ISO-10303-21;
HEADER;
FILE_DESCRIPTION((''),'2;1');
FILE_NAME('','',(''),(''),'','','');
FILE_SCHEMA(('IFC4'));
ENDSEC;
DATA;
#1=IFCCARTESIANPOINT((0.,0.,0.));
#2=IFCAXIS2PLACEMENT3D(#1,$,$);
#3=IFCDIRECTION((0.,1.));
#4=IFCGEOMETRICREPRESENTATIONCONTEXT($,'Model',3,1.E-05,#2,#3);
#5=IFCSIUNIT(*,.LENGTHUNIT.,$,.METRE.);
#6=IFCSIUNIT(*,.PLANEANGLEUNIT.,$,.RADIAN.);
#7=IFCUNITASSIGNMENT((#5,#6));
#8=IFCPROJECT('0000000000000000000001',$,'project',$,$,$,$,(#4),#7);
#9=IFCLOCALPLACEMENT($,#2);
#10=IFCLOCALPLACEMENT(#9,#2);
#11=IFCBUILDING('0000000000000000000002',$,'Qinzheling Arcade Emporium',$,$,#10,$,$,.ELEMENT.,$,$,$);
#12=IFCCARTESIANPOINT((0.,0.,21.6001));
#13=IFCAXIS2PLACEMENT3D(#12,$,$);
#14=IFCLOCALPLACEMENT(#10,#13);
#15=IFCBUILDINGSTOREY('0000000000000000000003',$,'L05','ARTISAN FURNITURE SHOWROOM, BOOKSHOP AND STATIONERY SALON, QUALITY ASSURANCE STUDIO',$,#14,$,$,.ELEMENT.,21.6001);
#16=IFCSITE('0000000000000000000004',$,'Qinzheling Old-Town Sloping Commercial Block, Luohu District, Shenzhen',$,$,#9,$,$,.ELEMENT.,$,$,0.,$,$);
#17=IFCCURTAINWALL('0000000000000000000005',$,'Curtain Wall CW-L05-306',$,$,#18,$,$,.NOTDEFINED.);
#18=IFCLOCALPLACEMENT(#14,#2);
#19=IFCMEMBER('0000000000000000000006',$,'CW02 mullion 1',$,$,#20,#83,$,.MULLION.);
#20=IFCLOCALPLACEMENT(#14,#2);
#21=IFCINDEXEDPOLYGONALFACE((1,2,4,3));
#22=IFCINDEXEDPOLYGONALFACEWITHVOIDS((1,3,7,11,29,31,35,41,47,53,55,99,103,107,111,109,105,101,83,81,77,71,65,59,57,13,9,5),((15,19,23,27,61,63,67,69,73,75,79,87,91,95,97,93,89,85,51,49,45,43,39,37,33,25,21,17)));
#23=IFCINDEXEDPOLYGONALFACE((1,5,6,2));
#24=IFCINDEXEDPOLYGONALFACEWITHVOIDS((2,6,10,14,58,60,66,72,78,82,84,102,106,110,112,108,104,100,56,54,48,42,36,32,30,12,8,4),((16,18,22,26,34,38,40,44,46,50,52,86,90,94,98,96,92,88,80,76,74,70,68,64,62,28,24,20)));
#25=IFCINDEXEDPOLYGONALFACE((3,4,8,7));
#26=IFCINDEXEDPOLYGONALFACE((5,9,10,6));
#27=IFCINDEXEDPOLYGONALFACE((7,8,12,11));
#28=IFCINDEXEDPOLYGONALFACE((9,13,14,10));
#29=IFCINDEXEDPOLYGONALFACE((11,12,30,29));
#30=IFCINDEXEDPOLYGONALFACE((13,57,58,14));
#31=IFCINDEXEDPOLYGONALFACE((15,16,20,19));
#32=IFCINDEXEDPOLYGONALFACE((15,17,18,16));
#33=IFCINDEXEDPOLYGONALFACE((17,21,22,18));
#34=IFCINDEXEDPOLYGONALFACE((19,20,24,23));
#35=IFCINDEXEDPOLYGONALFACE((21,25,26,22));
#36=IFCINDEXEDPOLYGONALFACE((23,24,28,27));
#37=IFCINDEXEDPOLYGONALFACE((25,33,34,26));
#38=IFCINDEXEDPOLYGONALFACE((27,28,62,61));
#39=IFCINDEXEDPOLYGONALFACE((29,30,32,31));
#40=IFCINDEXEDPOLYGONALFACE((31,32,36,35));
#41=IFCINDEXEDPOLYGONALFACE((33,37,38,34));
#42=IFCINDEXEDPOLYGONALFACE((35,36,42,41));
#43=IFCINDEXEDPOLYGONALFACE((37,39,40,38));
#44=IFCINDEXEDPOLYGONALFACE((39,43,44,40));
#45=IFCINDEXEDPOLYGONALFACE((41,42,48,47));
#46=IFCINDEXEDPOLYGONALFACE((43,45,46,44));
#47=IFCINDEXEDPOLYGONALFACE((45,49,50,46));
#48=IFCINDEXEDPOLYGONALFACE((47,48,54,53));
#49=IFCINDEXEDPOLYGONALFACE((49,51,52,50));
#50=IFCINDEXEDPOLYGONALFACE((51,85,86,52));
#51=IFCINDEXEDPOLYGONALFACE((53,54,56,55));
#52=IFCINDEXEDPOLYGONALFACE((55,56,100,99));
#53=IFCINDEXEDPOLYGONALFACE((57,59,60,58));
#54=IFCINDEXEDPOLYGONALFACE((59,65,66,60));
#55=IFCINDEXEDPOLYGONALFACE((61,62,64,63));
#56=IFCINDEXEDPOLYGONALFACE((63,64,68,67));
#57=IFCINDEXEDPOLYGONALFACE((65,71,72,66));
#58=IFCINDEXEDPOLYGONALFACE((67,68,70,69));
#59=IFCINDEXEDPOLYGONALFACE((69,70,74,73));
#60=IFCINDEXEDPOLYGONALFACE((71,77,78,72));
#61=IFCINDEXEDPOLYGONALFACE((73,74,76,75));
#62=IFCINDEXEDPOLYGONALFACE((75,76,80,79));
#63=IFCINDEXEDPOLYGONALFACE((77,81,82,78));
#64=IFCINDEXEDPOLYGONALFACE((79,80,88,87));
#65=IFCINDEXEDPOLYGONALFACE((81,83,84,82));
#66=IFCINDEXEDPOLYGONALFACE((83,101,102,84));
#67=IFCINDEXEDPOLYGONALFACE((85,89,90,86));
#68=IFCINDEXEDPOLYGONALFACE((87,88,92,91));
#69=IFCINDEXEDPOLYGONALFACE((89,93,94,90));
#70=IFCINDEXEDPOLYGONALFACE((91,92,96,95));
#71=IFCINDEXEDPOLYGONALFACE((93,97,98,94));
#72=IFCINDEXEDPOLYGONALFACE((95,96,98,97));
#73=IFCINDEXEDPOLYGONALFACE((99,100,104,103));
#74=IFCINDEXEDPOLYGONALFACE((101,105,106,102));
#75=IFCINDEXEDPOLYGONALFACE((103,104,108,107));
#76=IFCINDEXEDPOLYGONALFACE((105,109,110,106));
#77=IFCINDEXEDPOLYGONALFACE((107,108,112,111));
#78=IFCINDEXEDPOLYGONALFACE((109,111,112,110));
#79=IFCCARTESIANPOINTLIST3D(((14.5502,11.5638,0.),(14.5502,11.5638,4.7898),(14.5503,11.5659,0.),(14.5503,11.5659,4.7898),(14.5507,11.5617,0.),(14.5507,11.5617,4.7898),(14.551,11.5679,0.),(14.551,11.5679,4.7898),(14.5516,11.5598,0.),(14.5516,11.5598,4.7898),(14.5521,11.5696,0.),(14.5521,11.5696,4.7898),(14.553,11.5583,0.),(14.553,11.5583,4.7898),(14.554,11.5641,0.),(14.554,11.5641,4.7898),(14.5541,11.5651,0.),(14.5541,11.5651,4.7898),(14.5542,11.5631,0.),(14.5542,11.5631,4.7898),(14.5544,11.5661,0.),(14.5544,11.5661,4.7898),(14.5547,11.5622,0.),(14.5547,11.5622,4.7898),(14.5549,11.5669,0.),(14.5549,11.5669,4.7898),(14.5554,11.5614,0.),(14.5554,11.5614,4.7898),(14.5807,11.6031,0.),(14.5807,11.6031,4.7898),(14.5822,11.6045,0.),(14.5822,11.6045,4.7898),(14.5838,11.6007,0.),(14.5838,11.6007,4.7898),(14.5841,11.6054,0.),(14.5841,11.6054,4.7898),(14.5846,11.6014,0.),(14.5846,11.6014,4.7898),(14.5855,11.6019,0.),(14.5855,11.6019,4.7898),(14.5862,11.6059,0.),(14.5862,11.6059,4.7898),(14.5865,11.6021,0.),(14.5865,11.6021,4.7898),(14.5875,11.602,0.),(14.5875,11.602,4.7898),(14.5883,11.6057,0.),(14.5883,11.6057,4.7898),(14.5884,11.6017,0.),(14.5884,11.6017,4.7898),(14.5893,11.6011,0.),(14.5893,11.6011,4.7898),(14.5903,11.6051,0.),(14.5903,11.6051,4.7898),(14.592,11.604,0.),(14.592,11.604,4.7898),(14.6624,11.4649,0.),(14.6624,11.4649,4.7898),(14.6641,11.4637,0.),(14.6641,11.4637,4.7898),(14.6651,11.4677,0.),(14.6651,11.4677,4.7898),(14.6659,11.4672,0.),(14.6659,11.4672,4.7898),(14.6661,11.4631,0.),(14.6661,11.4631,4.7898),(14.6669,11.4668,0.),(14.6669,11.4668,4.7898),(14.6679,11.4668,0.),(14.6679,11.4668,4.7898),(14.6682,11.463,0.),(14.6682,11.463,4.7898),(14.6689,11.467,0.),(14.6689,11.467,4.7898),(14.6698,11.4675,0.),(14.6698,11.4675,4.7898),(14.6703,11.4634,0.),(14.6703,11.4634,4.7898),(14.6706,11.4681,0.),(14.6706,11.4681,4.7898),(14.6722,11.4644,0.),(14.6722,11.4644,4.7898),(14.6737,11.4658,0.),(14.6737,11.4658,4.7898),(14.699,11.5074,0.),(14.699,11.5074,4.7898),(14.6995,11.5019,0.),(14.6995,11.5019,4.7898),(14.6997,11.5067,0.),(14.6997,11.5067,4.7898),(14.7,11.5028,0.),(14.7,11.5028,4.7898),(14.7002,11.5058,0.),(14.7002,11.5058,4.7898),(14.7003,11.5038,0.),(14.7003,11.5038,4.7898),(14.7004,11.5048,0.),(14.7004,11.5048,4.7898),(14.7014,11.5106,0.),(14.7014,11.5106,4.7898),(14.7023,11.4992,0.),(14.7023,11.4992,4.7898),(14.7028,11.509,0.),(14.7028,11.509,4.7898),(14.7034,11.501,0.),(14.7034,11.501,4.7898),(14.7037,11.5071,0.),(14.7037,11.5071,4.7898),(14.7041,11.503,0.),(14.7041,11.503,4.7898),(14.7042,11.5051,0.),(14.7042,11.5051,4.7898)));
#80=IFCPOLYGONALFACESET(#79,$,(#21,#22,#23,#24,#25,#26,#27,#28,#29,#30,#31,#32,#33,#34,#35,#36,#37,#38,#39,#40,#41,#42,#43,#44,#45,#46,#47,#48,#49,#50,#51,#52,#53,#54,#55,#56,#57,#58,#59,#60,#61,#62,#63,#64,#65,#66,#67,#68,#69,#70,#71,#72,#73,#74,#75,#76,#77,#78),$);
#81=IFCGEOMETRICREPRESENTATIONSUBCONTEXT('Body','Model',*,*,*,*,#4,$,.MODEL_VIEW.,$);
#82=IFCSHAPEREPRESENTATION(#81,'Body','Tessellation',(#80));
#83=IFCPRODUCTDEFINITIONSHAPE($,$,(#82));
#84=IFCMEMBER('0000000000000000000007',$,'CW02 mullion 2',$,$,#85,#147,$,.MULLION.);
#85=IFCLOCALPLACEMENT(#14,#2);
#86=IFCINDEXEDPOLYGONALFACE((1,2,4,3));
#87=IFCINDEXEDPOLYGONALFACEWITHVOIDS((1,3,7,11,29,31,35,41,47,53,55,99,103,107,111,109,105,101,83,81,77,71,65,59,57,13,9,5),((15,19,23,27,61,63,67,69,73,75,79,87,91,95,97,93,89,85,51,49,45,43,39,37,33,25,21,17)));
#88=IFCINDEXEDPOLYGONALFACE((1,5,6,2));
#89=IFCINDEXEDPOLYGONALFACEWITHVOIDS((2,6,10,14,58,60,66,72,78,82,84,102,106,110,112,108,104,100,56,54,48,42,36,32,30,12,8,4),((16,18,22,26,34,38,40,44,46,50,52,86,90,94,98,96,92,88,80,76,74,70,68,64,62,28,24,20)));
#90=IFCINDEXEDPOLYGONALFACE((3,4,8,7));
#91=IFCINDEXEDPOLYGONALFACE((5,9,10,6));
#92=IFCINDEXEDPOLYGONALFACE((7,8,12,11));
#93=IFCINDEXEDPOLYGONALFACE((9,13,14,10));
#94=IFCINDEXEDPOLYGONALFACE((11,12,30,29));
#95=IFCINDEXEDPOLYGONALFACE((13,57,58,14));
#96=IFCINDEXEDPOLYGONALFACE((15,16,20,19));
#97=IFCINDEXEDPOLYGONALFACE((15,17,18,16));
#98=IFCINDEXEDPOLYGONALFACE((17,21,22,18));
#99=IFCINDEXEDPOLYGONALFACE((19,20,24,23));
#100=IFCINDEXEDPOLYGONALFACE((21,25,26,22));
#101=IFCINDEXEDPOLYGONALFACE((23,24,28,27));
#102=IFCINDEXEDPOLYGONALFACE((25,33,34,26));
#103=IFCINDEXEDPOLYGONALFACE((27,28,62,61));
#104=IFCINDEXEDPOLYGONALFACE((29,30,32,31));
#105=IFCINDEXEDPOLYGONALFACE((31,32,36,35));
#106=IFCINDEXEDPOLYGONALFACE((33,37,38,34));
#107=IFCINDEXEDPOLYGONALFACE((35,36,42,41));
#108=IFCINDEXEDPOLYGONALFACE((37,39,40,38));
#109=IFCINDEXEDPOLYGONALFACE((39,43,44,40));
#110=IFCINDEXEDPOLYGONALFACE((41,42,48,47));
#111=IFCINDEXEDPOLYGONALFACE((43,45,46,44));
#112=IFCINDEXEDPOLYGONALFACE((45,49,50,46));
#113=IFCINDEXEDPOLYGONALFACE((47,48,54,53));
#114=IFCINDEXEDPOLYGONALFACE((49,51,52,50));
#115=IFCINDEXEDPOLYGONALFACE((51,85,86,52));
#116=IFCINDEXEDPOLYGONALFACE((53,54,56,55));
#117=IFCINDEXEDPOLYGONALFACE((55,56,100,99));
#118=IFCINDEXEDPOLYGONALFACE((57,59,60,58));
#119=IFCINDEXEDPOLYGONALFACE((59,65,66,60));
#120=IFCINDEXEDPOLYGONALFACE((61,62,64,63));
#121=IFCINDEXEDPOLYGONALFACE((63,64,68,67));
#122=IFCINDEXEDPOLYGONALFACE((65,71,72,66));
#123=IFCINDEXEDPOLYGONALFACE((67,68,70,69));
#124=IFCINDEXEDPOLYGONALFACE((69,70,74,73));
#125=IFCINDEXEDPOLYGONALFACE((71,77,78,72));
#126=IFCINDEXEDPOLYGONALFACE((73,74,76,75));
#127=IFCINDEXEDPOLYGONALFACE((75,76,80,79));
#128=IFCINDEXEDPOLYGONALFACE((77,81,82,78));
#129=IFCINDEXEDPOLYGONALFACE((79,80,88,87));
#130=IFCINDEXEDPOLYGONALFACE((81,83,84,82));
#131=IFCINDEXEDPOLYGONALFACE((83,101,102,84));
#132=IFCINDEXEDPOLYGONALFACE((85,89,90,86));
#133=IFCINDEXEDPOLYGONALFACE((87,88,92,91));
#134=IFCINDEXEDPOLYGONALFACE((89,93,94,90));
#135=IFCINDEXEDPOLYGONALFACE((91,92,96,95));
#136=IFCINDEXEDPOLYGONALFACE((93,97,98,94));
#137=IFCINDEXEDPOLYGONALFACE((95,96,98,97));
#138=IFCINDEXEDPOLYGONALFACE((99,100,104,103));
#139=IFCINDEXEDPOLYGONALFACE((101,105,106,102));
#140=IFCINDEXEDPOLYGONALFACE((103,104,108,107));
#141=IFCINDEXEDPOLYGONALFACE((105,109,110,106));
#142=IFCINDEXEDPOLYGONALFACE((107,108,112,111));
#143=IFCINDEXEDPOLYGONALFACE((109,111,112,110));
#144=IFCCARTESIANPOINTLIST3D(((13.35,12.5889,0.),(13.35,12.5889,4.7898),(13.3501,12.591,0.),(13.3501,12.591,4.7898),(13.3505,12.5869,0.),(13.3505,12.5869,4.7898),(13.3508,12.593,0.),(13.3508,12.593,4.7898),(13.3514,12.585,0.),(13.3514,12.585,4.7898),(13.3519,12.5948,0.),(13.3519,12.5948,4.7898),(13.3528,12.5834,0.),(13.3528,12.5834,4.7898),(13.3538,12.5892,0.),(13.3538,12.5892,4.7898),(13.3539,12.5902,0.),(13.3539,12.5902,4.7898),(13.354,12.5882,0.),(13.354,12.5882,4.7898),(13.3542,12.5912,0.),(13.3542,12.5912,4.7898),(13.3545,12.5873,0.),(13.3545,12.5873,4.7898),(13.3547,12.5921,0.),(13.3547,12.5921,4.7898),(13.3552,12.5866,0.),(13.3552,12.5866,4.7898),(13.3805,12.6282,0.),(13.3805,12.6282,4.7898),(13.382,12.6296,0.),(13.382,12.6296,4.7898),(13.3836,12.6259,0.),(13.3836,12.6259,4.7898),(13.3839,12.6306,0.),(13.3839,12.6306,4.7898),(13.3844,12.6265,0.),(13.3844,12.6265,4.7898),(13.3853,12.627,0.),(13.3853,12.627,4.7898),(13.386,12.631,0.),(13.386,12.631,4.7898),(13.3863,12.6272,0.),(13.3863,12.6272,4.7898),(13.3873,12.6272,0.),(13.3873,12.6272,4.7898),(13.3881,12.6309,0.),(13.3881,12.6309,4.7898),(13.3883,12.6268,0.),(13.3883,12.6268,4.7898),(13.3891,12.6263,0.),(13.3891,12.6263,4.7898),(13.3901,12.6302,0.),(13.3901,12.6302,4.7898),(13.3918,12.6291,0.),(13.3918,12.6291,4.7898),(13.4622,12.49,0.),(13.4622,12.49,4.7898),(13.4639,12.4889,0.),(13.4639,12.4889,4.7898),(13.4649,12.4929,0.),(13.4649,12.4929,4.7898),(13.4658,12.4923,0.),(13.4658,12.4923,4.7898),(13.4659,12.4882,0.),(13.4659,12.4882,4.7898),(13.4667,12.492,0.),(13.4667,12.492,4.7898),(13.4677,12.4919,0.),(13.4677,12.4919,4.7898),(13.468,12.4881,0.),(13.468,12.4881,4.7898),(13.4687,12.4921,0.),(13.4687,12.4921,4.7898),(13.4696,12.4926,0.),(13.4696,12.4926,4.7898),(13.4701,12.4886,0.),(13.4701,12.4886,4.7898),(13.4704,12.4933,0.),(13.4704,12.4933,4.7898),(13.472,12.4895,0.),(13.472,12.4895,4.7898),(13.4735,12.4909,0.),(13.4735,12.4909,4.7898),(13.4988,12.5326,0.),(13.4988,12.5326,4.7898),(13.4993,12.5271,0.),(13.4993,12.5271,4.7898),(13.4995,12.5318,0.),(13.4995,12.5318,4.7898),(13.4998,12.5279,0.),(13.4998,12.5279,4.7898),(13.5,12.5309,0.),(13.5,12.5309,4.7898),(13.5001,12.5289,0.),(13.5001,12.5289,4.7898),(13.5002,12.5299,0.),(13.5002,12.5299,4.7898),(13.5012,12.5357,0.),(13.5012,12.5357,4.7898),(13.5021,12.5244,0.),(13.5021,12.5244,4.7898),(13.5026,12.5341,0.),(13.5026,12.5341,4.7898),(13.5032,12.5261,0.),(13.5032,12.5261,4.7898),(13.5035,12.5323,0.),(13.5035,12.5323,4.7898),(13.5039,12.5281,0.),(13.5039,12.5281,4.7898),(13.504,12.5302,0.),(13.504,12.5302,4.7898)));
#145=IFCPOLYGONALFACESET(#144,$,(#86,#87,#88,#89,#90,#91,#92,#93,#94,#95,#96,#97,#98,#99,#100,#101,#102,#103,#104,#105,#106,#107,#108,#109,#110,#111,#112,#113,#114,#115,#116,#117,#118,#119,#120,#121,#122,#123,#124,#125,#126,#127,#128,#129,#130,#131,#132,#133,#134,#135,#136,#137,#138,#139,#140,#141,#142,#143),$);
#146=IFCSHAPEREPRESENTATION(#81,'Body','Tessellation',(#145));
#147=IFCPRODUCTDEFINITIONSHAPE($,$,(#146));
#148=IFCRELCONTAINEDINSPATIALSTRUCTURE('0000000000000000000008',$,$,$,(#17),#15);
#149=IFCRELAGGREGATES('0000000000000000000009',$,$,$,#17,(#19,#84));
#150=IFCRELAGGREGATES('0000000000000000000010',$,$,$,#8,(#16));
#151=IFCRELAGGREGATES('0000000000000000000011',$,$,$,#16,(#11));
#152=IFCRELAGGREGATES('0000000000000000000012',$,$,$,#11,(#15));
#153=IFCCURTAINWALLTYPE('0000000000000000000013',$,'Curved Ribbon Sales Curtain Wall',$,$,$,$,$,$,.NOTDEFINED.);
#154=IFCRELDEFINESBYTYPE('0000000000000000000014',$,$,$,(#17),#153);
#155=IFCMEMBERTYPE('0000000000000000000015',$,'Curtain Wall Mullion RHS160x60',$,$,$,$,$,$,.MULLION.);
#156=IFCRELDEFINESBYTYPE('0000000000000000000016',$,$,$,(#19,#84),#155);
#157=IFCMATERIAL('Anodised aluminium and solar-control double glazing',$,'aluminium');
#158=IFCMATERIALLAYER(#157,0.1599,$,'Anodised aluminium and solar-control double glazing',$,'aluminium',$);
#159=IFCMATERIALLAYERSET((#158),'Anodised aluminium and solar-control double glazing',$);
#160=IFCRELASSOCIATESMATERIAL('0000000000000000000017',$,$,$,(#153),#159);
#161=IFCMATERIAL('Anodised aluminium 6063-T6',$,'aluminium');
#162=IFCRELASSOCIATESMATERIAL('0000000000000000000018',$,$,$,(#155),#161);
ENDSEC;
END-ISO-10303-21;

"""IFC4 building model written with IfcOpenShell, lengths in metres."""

from ifc_helpers import new_model, si_unit, direction, frame, origin, origin_2d, place, context, subcontext, project, spatial, hollow_rectangle, extrude, material, layer, layer_set, material_profile, profile_set, type_object, element, aggregate, save


model = new_model("IFC4")

# Units and contexts
model_context = context("Model", 3, precision=1e-05, world=origin(), true_north=direction((0.0, 1.0)))
body_context = subcontext(model_context, "Body", "Model", "MODEL_VIEW")
ifc_project = project(units=[si_unit("LENGTHUNIT", "METRE"), si_unit("PLANEANGLEUNIT", "RADIAN")], contexts=[model_context])

# Site, building, storey
site_placement = place(None, origin())
site = spatial("IfcSite", under=ifc_project, at=site_placement, Name="Qinzheling Old-Town Sloping Commercial Block, Luohu District, Shenzhen", CompositionType="ELEMENT", RefElevation=0.0)
building_placement = place(site_placement, origin())
building = spatial("IfcBuilding", under=site, at=building_placement, Name="Qinzheling Arcade Emporium", CompositionType="ELEMENT")
storey_placement = place(building_placement, frame((0.0, 0.0, 21.6001)))
storey = spatial("IfcBuildingStorey", under=building, at=storey_placement, Name="L05", Description="ARTISAN FURNITURE SHOWROOM, BOOKSHOP AND STATIONERY SALON, QUALITY ASSURANCE STUDIO", CompositionType="ELEMENT", Elevation=21.6001)

# Shared definitions
ifc_material_1 = material(Name="Anodised aluminium and solar-control double glazing", Category="aluminium")
ifc_layer_1 = layer(ifc_material_1, 0.1599, Name="Anodised aluminium and solar-control double glazing", Category="aluminium")
ifc_layer_set_1 = layer_set([ifc_layer_1], Name="Anodised aluminium and solar-control double glazing")
curtain_wall_type = type_object("IfcCurtainWallType", Name="Curved Ribbon Sales Curtain Wall", PredefinedType="NOTDEFINED", material=ifc_layer_set_1)
ifc_material_2 = material(Name="Anodised aluminium 6063-T6", Category="aluminium")
ifc_material_profile_1 = material_profile(ifc_material_2, hollow_rectangle(XDim=0.0601, YDim=0.1599, WallThickness=0.0039, InnerFilletRadius=0.0039, OuterFilletRadius=0.0081, at=origin_2d()), Name="RHS 160x60x4", Category="aluminium")
ifc_profile_set_1 = profile_set([ifc_material_profile_1], Name="Anodised aluminium 6063-T6")
member_type_1 = type_object("IfcMemberType", Name="Curtain Wall Mullion RHS160x60", PredefinedType="MULLION", material=ifc_profile_set_1)

# Curtain wall, members
curtain_wall_1_placement = place(storey_placement, origin())
curtain_wall_1 = element("IfcCurtainWall", 1, at=curtain_wall_1_placement, inside=storey, type_object=curtain_wall_type, Name="Curtain Wall CW-L05-306", PredefinedType="NOTDEFINED")
member_1_placement = place(storey_placement, frame((14.6272, 11.5344, 0.0), z_axis=(0.0, 0.0, 1.0), x_axis=(-0.649433, -0.760418, 0.0)))
member_1 = element("IfcMember", 2, at=member_1_placement, type_object=member_type_1, Name="CW02 mullion 1", PredefinedType="MULLION", context=body_context, shape_type="SweptSolid", body=[
    extrude(hollow_rectangle(XDim=0.0601, YDim=0.1599, WallThickness=0.0039, InnerFilletRadius=0.0039, OuterFilletRadius=0.0081, at=origin_2d()), origin(), (0.0, 0.0, 1.0), 4.7898),
])
member_2_placement = place(storey_placement, frame((13.427, 12.5596, 0.0), z_axis=(0.0, 0.0, 1.0), x_axis=(-0.649433, -0.760418, 0.0)))
member_2 = element("IfcMember", 3, at=member_2_placement, type_object=member_type_1, Name="CW02 mullion 2", PredefinedType="MULLION", context=body_context, shape_type="SweptSolid", body=[
    extrude(hollow_rectangle(XDim=0.0601, YDim=0.1599, WallThickness=0.0039, InnerFilletRadius=0.0039, OuterFilletRadius=0.0081, at=origin_2d()), origin(), (0.0, 0.0, 1.0), 4.7898),
])

aggregate(curtain_wall_1, [member_1, member_2])

save(model, "model.ifc")
